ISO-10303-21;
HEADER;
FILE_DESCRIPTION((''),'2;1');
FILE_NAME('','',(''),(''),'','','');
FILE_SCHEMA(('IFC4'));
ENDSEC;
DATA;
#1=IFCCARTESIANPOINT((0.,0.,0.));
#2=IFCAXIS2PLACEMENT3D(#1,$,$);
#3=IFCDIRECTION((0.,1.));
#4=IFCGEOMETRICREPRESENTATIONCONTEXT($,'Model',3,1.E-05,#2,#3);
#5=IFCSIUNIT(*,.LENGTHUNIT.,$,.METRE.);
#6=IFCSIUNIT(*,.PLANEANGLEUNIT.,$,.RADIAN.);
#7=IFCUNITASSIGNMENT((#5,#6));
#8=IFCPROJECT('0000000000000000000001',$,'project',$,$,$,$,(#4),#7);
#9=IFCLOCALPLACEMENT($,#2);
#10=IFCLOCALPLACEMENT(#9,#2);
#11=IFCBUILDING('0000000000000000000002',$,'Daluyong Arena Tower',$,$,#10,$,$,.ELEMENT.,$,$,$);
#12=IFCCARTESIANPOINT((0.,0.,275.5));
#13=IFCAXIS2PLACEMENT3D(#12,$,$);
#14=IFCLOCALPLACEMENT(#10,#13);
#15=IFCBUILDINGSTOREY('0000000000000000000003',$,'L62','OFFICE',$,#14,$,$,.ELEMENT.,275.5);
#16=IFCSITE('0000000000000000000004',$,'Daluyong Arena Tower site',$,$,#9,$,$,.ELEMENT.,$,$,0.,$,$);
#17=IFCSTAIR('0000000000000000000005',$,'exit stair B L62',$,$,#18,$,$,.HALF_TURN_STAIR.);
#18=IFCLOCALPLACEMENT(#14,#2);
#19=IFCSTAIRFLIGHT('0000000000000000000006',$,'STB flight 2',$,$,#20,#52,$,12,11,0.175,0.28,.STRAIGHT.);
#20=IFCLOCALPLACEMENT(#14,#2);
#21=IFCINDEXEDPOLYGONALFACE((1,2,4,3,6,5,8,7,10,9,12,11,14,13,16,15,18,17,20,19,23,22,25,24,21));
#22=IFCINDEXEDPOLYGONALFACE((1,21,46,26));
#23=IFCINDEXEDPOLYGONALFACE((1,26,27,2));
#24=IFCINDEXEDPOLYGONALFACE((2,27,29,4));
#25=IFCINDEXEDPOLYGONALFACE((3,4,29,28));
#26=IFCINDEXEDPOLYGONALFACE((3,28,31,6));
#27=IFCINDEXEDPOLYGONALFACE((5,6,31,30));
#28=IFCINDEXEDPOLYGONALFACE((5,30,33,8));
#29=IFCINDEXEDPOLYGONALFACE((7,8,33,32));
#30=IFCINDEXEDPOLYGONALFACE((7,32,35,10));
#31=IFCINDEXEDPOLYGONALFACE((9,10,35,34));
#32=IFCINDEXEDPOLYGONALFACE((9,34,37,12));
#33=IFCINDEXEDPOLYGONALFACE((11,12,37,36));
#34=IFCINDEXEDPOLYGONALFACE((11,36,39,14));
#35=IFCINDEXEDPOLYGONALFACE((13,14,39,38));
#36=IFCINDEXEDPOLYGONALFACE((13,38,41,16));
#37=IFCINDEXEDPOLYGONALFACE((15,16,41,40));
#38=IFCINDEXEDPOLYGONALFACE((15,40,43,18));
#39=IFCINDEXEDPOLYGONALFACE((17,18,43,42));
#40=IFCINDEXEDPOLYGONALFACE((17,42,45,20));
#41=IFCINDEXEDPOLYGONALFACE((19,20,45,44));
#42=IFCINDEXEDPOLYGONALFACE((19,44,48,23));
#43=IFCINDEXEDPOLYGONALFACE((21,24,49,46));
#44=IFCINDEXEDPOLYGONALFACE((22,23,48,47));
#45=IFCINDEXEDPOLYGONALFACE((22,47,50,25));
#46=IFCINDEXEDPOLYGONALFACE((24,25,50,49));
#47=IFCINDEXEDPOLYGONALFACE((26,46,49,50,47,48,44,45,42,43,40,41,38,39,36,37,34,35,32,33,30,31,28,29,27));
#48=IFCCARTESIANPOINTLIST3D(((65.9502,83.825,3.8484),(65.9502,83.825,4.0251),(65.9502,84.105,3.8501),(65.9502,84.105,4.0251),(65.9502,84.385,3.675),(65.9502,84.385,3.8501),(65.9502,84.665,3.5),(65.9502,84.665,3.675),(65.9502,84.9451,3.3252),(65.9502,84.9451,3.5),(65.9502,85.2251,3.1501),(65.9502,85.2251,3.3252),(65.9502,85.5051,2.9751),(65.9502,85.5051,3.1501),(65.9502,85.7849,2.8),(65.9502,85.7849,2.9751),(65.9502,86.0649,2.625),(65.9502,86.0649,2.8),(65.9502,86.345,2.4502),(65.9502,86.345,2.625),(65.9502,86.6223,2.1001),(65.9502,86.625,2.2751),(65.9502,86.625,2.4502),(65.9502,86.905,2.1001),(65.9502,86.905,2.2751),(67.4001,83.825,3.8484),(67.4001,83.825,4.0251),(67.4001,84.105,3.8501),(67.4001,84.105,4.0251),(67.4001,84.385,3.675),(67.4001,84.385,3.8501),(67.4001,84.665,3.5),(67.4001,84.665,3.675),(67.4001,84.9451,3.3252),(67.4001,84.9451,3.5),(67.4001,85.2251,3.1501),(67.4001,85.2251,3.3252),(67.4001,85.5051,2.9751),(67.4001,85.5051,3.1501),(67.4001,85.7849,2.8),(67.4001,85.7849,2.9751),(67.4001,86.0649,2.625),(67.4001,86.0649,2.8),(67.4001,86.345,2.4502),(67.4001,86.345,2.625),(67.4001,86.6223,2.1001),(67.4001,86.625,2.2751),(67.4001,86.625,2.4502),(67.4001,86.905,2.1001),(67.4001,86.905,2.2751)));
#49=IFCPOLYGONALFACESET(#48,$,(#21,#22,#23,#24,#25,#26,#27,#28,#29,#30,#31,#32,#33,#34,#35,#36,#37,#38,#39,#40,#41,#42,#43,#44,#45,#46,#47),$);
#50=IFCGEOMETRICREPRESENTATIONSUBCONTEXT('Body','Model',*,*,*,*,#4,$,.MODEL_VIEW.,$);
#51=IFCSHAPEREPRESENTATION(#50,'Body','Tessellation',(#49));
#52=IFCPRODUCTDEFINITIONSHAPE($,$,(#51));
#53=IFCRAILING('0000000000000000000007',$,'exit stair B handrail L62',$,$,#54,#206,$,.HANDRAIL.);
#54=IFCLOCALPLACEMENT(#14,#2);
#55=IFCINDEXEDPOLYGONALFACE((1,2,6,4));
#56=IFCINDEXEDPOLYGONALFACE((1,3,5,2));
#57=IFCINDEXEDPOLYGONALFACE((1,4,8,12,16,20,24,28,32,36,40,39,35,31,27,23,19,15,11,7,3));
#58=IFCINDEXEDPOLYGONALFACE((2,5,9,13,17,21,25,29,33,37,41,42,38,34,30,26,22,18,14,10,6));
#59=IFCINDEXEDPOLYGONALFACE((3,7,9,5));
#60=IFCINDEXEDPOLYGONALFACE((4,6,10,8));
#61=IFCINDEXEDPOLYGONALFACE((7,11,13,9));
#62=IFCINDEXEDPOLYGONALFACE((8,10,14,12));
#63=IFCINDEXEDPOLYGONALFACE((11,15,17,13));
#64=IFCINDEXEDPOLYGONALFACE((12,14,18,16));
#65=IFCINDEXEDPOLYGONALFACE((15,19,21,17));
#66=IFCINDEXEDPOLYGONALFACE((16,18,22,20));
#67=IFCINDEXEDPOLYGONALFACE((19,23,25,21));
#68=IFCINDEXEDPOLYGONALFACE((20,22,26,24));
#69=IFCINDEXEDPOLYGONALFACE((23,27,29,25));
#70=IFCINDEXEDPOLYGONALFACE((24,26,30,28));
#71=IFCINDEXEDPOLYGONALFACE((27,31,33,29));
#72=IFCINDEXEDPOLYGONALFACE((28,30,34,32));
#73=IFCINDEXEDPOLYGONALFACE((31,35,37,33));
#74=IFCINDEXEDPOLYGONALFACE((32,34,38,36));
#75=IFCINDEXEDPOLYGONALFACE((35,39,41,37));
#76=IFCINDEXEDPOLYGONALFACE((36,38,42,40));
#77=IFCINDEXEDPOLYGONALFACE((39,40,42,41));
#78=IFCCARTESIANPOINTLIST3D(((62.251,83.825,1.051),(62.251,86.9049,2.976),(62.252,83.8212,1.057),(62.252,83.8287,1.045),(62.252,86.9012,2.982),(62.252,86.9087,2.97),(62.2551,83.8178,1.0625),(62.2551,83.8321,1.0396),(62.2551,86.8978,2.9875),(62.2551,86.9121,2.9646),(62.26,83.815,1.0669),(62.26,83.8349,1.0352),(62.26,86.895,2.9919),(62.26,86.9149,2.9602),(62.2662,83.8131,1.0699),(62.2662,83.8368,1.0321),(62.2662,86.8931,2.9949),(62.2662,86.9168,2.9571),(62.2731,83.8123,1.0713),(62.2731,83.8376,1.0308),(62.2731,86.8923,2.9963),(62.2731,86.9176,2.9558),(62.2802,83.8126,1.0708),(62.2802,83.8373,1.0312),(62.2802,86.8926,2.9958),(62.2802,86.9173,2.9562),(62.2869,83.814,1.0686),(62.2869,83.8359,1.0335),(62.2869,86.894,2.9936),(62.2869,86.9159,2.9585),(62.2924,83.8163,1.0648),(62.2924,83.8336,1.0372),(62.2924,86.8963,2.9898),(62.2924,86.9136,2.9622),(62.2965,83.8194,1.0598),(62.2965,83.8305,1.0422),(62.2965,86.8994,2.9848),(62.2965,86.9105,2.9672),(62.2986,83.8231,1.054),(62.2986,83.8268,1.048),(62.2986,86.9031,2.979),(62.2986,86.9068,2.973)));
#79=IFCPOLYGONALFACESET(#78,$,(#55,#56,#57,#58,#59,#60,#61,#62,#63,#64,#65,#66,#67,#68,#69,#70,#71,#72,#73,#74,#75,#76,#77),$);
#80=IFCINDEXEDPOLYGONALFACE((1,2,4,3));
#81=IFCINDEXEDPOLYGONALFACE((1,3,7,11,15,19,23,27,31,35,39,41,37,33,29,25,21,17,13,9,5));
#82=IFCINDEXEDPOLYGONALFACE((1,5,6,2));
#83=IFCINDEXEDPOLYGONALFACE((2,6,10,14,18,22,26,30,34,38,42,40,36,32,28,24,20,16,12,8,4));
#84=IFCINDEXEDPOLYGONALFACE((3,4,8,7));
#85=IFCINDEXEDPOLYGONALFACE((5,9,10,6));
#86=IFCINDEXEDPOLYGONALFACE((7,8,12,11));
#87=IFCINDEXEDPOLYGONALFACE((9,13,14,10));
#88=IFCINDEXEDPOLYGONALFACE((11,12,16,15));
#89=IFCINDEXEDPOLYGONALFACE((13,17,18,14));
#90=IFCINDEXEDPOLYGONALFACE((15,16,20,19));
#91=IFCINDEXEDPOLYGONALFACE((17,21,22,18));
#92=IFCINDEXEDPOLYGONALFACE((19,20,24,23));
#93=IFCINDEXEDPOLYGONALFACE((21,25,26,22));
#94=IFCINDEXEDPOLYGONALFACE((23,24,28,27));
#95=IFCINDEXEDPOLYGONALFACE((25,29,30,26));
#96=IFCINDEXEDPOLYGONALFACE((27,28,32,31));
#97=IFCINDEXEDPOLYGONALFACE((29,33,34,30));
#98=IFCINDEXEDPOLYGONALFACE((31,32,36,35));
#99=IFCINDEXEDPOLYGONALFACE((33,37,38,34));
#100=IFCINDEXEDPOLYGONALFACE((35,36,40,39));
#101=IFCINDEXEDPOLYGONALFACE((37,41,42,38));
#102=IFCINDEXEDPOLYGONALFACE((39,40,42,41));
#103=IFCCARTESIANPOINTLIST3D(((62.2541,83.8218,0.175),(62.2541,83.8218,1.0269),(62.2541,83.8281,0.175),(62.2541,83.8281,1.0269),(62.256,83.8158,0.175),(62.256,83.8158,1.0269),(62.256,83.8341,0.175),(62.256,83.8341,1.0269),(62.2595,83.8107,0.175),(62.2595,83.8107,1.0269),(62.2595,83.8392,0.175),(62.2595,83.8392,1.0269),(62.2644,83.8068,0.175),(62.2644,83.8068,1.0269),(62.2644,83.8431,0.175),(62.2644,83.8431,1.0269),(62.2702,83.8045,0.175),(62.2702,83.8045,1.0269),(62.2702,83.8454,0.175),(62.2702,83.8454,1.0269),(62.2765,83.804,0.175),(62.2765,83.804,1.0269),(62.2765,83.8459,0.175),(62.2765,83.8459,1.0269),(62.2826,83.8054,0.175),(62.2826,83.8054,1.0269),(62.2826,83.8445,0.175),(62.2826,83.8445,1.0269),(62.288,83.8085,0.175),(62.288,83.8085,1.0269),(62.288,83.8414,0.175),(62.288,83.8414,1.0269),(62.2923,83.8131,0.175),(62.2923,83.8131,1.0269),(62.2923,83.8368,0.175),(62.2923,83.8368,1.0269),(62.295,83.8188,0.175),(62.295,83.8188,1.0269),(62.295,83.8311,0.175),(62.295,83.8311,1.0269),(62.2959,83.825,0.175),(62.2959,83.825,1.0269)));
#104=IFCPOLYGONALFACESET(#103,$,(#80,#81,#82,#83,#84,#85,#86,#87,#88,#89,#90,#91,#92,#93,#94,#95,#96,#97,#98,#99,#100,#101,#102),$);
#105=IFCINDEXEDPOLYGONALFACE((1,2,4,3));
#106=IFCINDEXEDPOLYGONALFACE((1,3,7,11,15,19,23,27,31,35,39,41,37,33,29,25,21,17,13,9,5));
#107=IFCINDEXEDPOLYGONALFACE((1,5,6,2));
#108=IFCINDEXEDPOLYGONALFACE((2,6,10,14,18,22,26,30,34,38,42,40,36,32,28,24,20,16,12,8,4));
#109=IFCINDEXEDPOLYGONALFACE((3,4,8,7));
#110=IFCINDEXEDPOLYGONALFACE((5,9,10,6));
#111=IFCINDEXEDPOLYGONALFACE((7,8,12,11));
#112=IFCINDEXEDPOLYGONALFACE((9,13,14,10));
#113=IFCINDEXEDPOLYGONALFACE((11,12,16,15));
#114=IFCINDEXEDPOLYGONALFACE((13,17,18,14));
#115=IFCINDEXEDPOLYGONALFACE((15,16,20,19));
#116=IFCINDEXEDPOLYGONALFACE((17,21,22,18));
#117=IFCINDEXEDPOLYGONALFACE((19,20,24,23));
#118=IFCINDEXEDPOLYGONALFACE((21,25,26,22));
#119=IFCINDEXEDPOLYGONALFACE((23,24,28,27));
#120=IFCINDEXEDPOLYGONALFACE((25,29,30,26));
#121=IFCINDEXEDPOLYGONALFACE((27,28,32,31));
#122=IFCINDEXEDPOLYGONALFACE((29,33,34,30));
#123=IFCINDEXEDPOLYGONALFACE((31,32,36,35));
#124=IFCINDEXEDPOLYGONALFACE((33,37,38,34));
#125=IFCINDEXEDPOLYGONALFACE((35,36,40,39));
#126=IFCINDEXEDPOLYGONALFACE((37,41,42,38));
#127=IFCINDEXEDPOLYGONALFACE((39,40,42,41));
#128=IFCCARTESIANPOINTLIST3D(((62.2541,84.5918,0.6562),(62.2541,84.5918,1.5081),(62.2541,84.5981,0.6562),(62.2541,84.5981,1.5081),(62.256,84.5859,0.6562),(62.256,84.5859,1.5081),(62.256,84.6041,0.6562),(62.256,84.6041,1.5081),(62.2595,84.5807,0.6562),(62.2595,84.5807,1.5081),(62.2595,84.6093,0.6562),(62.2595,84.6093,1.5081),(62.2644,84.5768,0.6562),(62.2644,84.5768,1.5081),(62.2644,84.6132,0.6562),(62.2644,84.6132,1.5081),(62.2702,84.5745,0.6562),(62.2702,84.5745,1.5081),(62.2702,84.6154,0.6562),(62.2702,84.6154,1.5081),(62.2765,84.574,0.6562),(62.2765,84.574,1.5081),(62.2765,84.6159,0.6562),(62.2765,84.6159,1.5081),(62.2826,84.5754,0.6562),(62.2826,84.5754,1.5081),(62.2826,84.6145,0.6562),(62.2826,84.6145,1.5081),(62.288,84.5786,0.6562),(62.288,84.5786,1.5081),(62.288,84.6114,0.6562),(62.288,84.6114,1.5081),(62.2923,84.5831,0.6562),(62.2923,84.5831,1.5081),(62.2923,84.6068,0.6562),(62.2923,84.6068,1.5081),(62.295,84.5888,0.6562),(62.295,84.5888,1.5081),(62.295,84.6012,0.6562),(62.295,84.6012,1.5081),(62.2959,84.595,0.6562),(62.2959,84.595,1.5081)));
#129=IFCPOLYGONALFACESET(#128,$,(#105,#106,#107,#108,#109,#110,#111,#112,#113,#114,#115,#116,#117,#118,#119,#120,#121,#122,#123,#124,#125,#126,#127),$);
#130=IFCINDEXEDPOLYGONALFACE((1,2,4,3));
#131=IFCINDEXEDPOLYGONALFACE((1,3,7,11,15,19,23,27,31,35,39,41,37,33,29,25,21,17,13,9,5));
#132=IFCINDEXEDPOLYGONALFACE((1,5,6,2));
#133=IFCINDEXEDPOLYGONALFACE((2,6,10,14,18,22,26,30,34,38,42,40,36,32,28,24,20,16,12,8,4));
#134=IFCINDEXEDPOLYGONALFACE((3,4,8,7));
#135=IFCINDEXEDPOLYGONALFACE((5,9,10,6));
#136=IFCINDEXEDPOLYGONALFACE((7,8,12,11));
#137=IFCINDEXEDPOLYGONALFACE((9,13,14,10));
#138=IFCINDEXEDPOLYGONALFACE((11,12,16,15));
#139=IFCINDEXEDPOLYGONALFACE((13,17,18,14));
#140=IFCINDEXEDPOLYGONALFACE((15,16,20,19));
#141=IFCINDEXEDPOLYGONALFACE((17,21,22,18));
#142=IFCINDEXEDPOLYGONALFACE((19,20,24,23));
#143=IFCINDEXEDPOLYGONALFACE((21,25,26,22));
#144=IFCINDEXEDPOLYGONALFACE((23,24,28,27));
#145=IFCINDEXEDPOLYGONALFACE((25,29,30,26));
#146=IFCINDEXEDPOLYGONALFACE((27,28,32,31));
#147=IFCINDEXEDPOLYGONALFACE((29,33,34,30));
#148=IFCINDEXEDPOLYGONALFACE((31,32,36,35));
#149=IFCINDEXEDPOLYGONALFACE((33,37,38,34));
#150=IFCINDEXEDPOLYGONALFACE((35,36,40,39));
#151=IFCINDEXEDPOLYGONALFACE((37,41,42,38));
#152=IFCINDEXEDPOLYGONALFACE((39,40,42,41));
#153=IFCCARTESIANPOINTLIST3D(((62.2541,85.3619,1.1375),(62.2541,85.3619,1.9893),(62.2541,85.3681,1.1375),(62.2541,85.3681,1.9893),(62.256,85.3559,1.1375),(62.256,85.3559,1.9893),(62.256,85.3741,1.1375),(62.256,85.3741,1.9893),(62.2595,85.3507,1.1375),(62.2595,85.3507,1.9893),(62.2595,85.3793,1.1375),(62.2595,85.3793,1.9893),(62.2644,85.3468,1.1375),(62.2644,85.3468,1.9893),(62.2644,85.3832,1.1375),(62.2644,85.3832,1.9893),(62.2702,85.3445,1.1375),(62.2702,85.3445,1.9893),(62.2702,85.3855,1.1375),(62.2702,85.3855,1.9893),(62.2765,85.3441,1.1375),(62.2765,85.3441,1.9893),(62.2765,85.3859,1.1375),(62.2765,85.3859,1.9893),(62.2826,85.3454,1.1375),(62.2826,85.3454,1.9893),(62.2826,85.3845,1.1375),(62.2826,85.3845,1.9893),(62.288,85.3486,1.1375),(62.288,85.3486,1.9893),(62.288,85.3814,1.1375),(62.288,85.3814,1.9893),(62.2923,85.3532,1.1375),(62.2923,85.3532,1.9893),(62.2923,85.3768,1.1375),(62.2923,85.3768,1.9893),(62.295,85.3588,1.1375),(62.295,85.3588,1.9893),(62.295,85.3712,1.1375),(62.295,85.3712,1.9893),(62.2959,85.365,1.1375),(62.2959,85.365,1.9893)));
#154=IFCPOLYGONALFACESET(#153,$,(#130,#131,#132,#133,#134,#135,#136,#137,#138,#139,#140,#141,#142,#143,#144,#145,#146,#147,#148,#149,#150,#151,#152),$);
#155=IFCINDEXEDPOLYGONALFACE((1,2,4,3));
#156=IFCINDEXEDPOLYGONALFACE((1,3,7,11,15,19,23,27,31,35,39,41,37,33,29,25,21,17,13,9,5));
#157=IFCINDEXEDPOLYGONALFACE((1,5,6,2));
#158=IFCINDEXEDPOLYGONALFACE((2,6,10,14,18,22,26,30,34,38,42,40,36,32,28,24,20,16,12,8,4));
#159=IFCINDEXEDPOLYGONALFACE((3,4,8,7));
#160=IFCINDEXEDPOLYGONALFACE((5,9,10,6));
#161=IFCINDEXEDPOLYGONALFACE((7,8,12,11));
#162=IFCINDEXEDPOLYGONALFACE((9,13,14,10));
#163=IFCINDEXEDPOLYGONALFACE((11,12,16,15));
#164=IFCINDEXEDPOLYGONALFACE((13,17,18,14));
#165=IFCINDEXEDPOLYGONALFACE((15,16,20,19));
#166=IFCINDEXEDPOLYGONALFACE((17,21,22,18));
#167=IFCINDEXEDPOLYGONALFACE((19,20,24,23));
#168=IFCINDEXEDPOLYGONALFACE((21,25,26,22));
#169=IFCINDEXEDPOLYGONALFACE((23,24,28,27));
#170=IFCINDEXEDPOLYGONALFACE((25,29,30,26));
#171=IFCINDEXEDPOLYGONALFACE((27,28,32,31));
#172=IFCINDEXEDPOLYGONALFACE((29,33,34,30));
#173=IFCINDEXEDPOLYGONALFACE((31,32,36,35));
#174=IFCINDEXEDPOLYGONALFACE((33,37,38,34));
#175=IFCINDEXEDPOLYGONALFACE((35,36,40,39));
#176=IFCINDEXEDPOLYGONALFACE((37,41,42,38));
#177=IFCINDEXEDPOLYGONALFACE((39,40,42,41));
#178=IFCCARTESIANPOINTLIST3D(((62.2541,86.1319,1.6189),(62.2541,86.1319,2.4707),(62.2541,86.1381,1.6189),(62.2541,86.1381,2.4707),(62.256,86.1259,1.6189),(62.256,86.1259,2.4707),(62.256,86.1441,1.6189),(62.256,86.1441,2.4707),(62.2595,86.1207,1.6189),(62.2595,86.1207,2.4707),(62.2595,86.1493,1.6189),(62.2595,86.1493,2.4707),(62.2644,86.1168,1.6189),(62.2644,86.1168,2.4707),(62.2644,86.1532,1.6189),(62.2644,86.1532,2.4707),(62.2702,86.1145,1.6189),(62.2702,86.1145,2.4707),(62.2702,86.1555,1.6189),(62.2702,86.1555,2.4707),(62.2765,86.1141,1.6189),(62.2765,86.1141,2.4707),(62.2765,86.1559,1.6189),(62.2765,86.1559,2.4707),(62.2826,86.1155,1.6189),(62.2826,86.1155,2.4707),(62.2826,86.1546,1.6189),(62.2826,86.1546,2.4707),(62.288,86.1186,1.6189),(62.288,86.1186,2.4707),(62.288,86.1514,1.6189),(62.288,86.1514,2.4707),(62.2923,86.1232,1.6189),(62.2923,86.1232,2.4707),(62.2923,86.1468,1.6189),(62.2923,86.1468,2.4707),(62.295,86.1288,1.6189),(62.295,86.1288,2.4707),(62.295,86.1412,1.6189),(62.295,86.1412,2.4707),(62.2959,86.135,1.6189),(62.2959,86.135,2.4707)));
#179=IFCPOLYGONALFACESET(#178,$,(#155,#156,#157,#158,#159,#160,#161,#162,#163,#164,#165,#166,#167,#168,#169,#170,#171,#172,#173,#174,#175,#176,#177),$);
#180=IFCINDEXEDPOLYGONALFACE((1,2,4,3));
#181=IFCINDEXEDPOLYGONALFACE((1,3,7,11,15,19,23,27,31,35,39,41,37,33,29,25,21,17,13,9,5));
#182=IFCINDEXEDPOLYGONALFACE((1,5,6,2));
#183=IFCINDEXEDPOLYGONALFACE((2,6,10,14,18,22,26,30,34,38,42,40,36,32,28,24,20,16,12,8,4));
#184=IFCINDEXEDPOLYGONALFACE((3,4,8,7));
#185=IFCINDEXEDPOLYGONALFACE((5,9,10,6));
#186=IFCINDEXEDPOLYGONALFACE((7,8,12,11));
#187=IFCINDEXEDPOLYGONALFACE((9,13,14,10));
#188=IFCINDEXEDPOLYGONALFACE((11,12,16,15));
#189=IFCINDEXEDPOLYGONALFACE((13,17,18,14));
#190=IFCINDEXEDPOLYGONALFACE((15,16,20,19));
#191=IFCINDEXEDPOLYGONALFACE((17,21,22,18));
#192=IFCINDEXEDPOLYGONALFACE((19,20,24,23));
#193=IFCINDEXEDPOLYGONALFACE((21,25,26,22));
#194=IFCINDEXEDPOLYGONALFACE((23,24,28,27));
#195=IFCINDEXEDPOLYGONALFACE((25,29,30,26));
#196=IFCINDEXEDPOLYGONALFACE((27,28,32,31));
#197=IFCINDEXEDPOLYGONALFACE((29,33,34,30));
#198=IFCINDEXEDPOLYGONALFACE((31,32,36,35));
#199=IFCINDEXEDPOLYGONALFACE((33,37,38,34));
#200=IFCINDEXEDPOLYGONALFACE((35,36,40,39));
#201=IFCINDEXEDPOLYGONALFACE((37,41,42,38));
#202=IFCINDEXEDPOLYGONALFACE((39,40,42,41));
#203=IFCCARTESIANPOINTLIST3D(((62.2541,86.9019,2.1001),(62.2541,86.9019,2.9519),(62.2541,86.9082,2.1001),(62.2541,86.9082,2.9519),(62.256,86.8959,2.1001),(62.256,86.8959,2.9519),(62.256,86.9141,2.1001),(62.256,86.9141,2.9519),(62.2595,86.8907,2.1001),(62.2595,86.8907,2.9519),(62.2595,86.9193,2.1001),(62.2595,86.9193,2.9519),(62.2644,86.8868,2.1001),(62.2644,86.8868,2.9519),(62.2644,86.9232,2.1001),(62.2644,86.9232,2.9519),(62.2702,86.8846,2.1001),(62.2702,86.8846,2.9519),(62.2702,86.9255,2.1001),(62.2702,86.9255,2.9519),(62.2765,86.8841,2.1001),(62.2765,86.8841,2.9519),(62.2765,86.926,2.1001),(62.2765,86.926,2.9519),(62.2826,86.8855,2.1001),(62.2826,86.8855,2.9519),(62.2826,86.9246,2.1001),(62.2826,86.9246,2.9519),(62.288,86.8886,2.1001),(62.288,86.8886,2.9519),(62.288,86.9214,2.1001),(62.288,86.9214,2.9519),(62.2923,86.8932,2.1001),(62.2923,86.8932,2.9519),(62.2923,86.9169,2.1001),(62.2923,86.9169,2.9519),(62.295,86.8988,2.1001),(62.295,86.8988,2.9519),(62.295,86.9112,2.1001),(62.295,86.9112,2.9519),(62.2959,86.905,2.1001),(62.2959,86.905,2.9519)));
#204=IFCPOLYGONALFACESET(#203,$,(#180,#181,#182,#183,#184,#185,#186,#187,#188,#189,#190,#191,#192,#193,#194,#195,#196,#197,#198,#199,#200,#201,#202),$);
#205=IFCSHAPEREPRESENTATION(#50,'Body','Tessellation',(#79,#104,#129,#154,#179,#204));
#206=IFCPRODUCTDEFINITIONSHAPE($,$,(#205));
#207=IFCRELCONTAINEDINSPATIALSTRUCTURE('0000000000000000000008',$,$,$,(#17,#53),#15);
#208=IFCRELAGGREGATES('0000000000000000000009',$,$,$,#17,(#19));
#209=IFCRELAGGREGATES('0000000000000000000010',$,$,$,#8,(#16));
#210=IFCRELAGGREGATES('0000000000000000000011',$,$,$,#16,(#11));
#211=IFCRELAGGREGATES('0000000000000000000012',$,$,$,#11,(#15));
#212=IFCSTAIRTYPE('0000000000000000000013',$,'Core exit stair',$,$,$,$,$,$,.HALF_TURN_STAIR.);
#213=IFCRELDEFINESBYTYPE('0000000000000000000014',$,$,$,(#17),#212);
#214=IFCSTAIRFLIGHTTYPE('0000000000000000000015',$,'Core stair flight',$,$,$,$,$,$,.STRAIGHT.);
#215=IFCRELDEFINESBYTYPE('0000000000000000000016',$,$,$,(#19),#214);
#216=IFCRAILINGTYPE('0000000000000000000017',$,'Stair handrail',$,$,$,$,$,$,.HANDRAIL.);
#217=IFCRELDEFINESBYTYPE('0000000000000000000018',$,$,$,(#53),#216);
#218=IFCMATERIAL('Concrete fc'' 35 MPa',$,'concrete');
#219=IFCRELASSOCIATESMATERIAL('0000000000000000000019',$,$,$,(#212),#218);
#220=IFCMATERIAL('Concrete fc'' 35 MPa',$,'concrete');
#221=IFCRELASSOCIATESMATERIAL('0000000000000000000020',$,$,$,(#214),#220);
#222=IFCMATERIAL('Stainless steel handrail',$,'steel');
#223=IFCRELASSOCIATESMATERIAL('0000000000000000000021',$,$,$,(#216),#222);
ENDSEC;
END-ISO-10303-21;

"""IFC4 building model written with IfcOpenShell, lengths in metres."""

from ifc_helpers import new_model, si_unit, direction, frame, origin, origin_2d, place, context, subcontext, project, spatial, polyline, circle, outline, extrude, material, type_object, element, aggregate, save


model = new_model("IFC4")

# Units and contexts
model_context = context("Model", 3, precision=1e-05, world=origin(), true_north=direction((0.0, 1.0)))
body_context = subcontext(model_context, "Body", "Model", "MODEL_VIEW")
ifc_project = project(units=[si_unit("LENGTHUNIT", "METRE"), si_unit("PLANEANGLEUNIT", "RADIAN")], contexts=[model_context])

# Site, building, storey
site_placement = place(None, origin())
site = spatial("IfcSite", under=ifc_project, at=site_placement, Name="Daluyong Arena Tower site", CompositionType="ELEMENT", RefElevation=0.0)
building_placement = place(site_placement, origin())
building = spatial("IfcBuilding", under=site, at=building_placement, Name="Daluyong Arena Tower", CompositionType="ELEMENT")
storey_placement = place(building_placement, frame((0.0, 0.0, 275.5)))
storey = spatial("IfcBuildingStorey", under=building, at=storey_placement, Name="L62", Description="OFFICE", CompositionType="ELEMENT", Elevation=275.5)

# Stair, stair flight
ifc_material_1 = material(Name="Concrete fc' 35 MPa", Category="concrete")
stair_type = type_object("IfcStairType", Name="Core exit stair", PredefinedType="HALF_TURN_STAIR", material=ifc_material_1)
stair_placement = place(storey_placement, origin())
stair = element("IfcStair", 1, at=stair_placement, inside=storey, type_object=stair_type, Name="exit stair B L62", PredefinedType="HALF_TURN_STAIR")
ifc_material_2 = material(Name="Concrete fc' 35 MPa", Category="concrete")
stair_flight_type = type_object("IfcStairFlightType", Name="Core stair flight", PredefinedType="STRAIGHT", material=ifc_material_2)
stair_flight_1_placement = place(storey_placement, frame((66.675, 86.905, 2.1001), z_axis=(0.0, 0.0, 1.0), x_axis=(0.0, -1.0, 0.0)))
stair_flight_1 = element("IfcStairFlight", 2, at=stair_flight_1_placement, type_object=stair_flight_type, Name="STB flight 2", NumberOfRisers=12, NumberOfTreads=11, PredefinedType="STRAIGHT", RiserHeight=0.175, TreadLength=0.28, context=body_context, shape_type="SweptSolid", body=[
    extrude(outline(polyline([(0.0, 0.0), (0.0, 0.175), (0.28, 0.175), (0.28, 0.3501), (0.5601, 0.3501), (0.5601, 0.5249), (0.8401, 0.5249), (0.8401, 0.7), (1.1201, 0.7), (1.1201, 0.875), (1.3999, 0.875), (1.3999, 1.05), (1.6799, 1.05), (1.6799, 1.2251), (1.96, 1.2251), (1.96, 1.3999), (2.24, 1.3999), (2.24, 1.575), (2.52, 1.575), (2.52, 1.75), (2.8, 1.75), (2.8, 1.925), (3.0801, 1.925), (3.0801, 2.1001), (3.0801, 1.7483), (0.2827, 0.0), (0.0, 0.0)])), frame((0.0, 0.7251, 0.0), z_axis=(0.0, -1.0, 0.0), x_axis=(1.0, 0.0, 0.0)), (0.0, 0.0, 1.0), 1.45),
])
aggregate(stair, [stair_flight_1])

# Railing
ifc_material_3 = material(Name="Stainless steel handrail", Category="steel")
railing_type_1 = type_object("IfcRailingType", Name="Stair handrail", PredefinedType="HANDRAIL", material=ifc_material_3)
railing_1_placement = place(storey_placement, frame((62.2749, 83.825, 0.175)))
element("IfcRailing", 3, at=railing_1_placement, inside=storey, type_object=railing_type_1, Name="exit stair B handrail L62", PredefinedType="HANDRAIL", context=body_context, shape_type="SweptSolid", body=[
    extrude(circle(Radius=0.0239, at=origin_2d()), frame((0.0, 0.0, 0.876), z_axis=(0.0, 0.847998, 0.529999), x_axis=(-1.0, 0.0, 0.0)), (0.0, 0.0, 1.0), 3.6321),
    extrude(circle(Radius=0.021, at=origin_2d()), origin(), (0.0, 0.0, 1.0), 0.8518),
    extrude(circle(Radius=0.021, at=origin_2d()), frame((0.0, 0.77, 0.4812)), (0.0, 0.0, 1.0), 0.8518),
    extrude(circle(Radius=0.021, at=origin_2d()), frame((0.0, 1.54, 0.9624)), (0.0, 0.0, 1.0), 0.8518),
    extrude(circle(Radius=0.021, at=origin_2d()), frame((0.0, 2.3101, 1.4438)), (0.0, 0.0, 1.0), 0.8518),
    extrude(circle(Radius=0.021, at=origin_2d()), frame((0.0, 3.0801, 1.925)), (0.0, 0.0, 1.0), 0.8518),
])

save(model, "model.ifc")
